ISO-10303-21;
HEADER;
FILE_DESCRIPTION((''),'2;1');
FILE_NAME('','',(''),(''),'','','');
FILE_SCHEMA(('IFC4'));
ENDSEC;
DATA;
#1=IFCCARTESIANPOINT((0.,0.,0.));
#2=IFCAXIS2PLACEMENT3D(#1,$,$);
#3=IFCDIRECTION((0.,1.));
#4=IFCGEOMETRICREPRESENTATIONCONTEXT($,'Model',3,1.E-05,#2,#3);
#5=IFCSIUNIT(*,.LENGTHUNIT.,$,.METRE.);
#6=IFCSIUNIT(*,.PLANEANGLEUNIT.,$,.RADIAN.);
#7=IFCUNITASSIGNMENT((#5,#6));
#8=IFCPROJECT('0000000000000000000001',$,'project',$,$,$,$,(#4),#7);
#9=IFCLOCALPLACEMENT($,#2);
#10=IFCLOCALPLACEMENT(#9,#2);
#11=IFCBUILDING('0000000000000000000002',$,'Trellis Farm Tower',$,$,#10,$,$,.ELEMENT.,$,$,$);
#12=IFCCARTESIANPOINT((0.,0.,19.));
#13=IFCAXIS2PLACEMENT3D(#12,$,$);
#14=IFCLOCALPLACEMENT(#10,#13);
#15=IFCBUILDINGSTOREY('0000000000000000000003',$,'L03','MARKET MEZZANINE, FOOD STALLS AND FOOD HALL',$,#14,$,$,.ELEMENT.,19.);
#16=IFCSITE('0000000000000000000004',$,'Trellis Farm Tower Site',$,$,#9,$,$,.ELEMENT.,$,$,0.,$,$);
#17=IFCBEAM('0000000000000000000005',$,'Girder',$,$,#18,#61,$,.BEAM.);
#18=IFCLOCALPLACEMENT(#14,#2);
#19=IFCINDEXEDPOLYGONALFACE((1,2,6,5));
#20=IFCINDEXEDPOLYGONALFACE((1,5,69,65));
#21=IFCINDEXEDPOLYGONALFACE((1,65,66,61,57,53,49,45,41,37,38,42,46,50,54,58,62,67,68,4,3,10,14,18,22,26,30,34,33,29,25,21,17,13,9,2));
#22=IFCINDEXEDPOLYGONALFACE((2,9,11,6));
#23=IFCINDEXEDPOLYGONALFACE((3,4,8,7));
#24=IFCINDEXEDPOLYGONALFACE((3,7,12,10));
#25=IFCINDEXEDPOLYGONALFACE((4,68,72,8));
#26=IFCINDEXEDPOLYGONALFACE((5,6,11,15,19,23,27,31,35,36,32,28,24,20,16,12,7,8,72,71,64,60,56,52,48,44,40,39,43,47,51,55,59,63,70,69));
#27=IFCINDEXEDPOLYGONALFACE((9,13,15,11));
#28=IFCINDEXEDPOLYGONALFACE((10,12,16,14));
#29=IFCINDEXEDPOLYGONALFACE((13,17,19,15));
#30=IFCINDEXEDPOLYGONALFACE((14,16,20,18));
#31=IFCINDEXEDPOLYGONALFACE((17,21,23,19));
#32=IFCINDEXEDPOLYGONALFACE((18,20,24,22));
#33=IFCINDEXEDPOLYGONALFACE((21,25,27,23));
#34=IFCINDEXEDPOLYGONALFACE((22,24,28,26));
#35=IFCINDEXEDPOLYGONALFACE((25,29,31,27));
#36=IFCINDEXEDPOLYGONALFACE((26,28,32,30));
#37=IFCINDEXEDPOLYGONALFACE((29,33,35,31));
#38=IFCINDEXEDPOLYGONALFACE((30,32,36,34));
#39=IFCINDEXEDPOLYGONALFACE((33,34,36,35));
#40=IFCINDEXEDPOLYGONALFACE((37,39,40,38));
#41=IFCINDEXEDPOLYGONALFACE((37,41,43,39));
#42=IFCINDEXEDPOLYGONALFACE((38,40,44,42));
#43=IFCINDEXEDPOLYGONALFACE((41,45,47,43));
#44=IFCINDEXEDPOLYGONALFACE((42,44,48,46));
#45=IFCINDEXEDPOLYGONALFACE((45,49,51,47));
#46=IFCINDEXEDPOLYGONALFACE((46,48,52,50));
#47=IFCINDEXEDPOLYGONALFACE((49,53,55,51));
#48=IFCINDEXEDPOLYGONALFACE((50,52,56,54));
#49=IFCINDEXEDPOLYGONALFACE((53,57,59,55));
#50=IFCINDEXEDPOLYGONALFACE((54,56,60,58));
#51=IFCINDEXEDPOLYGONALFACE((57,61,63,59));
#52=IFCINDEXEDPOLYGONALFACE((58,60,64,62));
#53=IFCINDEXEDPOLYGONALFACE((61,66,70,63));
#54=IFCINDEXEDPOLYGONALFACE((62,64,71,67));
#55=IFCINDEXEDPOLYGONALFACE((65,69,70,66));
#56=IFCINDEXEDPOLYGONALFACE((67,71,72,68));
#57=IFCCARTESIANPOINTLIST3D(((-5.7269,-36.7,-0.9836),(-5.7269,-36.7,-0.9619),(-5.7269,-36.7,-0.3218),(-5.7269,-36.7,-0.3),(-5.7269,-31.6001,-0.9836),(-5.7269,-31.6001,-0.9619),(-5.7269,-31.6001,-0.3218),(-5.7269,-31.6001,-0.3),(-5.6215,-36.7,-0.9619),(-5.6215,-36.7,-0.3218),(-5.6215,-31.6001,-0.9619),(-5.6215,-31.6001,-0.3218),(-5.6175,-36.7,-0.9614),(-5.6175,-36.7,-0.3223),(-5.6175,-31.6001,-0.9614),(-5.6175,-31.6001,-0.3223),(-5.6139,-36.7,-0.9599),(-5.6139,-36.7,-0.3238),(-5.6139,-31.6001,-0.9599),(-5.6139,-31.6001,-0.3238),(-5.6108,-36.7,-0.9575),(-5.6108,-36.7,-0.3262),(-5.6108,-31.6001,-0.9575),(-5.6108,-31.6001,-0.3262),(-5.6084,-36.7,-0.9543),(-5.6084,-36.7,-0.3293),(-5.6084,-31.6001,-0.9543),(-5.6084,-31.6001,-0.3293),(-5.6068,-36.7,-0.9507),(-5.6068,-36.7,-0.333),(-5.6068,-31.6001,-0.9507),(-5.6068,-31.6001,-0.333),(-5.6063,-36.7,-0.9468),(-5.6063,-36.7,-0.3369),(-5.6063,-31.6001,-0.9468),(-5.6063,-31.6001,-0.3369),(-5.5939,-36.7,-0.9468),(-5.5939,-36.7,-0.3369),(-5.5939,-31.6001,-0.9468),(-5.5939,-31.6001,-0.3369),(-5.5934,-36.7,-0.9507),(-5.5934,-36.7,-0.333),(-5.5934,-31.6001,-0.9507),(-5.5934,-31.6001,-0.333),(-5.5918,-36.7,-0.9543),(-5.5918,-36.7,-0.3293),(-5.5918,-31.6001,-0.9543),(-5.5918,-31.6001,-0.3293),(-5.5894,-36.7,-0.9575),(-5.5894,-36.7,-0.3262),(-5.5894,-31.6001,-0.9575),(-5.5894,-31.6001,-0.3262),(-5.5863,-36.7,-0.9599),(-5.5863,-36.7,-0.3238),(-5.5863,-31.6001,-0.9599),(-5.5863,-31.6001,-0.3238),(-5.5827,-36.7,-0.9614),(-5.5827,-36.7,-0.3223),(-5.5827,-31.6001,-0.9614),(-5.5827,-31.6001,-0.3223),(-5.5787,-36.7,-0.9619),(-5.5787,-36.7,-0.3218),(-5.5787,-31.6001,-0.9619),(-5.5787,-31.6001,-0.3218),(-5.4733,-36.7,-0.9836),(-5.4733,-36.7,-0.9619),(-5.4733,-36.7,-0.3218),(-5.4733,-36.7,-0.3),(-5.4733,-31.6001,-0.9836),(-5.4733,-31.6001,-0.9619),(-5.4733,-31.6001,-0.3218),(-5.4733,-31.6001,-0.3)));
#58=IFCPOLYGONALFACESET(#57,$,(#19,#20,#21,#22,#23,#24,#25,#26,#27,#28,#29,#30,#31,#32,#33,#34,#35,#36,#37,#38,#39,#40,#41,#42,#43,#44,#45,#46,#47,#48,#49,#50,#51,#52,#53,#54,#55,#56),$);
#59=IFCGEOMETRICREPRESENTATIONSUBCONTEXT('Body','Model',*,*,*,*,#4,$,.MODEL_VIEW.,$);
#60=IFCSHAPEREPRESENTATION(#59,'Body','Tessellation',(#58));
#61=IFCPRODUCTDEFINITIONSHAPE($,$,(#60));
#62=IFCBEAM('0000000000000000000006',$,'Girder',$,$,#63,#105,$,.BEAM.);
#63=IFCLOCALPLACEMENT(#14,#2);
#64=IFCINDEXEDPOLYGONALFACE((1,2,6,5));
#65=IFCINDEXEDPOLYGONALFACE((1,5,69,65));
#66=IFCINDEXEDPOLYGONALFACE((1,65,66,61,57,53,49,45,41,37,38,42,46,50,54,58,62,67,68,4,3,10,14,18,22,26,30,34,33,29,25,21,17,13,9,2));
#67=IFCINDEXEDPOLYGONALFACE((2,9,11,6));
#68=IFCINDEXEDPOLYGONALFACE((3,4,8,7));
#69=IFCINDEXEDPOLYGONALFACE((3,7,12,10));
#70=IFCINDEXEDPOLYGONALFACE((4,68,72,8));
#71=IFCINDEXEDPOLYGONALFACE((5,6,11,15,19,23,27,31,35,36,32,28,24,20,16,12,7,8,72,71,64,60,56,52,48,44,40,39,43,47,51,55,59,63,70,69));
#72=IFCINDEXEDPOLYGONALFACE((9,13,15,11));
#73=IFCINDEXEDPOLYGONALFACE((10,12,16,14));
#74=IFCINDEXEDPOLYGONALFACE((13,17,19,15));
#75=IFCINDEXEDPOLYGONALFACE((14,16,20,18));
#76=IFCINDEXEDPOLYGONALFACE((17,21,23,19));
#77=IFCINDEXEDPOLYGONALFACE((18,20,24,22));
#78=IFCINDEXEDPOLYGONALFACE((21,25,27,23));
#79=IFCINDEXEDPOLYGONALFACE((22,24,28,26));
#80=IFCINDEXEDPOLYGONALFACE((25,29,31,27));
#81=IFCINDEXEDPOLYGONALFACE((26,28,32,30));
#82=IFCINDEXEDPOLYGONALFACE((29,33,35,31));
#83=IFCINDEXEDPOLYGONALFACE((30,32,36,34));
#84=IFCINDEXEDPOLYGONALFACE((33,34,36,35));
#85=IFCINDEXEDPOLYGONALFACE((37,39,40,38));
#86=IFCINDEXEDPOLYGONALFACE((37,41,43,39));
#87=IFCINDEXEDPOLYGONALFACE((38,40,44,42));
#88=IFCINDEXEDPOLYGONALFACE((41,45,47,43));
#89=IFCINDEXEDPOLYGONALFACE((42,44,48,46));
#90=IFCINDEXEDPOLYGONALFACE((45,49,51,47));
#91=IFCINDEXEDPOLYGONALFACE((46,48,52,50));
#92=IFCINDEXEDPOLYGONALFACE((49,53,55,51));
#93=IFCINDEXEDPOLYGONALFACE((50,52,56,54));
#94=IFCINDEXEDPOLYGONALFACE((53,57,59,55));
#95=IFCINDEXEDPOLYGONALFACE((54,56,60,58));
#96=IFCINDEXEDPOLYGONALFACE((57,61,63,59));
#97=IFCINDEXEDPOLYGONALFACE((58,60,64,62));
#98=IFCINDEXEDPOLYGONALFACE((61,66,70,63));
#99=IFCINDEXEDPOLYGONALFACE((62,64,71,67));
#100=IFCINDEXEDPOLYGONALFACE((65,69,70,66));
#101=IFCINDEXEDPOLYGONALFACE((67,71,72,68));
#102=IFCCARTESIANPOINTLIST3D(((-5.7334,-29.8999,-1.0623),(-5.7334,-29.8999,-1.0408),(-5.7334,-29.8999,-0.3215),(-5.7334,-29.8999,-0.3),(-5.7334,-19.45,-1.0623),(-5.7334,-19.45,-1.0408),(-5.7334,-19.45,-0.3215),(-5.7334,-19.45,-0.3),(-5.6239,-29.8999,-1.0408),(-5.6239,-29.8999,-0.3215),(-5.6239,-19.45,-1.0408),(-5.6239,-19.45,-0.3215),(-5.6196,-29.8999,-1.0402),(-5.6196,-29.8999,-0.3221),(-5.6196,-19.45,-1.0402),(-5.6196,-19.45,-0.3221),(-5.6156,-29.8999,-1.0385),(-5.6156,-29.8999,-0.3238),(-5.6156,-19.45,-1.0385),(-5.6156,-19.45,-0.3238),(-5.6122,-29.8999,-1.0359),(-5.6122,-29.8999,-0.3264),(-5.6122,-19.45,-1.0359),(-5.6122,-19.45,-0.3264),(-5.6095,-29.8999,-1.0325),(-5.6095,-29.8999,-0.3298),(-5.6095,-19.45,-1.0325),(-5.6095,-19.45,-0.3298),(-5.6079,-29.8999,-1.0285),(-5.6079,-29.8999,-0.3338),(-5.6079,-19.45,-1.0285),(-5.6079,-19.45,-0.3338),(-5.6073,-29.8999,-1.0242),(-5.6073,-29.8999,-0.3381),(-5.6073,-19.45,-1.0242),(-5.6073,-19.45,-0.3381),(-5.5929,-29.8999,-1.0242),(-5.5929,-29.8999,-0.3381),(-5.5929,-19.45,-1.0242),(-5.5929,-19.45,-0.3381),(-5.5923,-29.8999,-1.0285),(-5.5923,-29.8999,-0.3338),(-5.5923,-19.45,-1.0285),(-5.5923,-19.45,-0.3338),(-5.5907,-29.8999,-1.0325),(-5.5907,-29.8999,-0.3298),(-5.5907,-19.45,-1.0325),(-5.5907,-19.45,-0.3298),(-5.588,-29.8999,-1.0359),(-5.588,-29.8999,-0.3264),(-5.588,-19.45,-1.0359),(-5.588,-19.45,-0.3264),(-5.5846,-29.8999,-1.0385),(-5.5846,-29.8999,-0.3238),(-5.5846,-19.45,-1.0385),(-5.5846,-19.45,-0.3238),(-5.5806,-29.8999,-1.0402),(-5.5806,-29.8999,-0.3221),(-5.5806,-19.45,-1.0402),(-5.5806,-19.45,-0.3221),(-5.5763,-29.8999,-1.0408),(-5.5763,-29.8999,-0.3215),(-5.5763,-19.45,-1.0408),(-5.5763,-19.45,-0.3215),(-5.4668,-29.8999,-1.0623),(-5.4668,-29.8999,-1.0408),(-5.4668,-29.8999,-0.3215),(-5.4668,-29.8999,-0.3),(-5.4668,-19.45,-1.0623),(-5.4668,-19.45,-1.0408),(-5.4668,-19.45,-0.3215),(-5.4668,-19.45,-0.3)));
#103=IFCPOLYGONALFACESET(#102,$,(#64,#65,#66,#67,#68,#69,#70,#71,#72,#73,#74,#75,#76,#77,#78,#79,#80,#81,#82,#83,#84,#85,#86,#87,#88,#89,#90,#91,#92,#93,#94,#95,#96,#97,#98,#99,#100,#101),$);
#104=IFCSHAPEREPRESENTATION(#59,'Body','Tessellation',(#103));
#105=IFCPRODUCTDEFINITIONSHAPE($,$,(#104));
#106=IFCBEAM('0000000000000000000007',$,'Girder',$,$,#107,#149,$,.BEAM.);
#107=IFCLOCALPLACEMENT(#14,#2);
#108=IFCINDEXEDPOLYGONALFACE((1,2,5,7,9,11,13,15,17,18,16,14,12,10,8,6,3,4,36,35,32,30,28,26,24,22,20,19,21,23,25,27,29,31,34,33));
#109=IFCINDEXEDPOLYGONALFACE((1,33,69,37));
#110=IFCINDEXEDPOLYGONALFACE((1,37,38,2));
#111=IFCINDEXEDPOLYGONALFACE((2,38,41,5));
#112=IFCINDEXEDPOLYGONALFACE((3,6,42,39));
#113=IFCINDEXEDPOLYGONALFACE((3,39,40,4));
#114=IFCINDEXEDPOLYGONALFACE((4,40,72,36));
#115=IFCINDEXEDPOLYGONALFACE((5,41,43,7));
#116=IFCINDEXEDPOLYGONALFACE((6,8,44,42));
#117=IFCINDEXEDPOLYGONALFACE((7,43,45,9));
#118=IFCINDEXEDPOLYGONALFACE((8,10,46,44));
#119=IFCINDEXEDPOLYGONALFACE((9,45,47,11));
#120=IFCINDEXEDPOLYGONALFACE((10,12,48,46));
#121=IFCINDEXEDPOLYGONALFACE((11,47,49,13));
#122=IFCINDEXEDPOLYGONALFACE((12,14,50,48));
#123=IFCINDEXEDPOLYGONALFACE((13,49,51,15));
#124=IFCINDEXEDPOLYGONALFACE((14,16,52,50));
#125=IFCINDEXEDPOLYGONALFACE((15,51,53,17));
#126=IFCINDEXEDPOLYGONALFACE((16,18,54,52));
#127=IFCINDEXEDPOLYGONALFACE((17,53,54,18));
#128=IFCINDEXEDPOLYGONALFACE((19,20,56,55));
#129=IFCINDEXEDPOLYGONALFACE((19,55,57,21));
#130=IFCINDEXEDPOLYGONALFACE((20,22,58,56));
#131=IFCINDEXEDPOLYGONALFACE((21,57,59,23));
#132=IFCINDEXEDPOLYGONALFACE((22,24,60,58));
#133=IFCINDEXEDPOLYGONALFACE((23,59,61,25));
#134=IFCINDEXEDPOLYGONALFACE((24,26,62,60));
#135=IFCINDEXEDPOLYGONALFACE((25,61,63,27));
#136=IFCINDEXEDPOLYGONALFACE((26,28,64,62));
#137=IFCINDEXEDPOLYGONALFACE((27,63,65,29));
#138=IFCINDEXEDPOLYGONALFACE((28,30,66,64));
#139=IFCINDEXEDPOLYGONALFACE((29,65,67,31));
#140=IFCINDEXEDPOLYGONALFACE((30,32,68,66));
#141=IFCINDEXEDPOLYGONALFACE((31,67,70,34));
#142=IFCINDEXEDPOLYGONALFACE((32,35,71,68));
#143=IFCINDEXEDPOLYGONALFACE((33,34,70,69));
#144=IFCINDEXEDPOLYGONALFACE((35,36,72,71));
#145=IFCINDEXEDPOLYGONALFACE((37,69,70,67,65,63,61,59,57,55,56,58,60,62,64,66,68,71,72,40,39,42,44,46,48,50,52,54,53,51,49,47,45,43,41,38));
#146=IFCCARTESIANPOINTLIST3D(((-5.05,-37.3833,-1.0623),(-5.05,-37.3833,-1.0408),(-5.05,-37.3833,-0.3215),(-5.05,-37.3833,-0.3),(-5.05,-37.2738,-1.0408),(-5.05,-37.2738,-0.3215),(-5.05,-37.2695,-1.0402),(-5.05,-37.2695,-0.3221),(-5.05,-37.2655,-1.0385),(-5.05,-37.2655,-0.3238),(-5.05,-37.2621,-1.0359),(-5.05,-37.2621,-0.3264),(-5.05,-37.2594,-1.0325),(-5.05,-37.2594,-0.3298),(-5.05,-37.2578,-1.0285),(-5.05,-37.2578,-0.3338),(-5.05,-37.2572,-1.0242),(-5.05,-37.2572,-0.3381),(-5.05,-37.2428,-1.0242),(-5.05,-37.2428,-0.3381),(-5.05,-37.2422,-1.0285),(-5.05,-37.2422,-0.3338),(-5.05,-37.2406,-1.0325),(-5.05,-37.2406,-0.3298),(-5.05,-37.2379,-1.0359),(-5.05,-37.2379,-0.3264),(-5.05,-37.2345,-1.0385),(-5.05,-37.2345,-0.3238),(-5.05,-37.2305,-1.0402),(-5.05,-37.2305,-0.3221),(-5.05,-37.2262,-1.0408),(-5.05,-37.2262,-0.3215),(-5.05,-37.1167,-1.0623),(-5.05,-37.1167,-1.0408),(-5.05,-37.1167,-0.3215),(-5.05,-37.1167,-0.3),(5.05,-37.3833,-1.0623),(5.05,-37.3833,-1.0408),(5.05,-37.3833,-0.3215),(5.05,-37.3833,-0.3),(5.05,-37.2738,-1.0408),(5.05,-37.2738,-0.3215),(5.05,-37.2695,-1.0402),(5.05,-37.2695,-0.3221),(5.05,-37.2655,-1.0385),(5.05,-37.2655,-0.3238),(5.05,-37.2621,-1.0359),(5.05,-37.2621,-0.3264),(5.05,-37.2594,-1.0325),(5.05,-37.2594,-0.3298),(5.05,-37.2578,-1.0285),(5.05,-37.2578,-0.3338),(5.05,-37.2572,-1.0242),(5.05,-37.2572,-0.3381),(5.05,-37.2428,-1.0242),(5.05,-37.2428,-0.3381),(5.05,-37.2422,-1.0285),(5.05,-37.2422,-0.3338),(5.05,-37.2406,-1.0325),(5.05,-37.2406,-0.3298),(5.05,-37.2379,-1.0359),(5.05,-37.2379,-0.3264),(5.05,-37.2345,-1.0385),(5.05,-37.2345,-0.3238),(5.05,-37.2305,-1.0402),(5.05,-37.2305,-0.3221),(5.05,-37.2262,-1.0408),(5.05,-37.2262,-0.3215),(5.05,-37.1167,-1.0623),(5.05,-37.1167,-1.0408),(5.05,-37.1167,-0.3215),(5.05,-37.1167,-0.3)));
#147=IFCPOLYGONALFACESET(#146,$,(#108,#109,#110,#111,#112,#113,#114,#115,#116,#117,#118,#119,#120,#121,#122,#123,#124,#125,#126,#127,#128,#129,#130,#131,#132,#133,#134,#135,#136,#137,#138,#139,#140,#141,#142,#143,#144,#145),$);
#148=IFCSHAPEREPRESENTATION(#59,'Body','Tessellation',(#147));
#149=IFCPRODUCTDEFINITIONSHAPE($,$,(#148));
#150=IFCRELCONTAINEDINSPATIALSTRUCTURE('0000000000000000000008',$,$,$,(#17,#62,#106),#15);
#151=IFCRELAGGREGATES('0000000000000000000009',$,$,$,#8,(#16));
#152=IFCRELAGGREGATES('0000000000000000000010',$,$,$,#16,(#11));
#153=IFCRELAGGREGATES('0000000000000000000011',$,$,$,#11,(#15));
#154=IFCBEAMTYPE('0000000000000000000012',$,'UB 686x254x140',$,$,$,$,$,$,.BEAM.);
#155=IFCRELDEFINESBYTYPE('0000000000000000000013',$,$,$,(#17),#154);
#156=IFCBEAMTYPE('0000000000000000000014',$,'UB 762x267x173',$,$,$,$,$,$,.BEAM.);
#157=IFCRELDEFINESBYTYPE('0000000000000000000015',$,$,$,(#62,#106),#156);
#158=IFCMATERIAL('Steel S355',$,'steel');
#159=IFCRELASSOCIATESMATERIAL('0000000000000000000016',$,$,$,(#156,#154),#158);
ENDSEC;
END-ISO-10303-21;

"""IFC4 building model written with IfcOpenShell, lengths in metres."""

from ifc_helpers import new_model, si_unit, direction, frame, origin, origin_2d, place, context, subcontext, project, spatial, i_section, extrude, source, transform, mapped, material, material_profile, profile_set, type_object, element, save


model = new_model("IFC4")

# Units and contexts
model_context = context("Model", 3, precision=1e-05, world=origin(), true_north=direction((0.0, 1.0)))
body_context = subcontext(model_context, "Body", "Model", "MODEL_VIEW")
ifc_project = project(units=[si_unit("LENGTHUNIT", "METRE"), si_unit("PLANEANGLEUNIT", "RADIAN")], contexts=[model_context])

# Site, building, storey
site_placement = place(None, origin())
site = spatial("IfcSite", under=ifc_project, at=site_placement, Name="Trellis Farm Tower Site", CompositionType="ELEMENT", RefElevation=0.0)
building_placement = place(site_placement, origin())
building = spatial("IfcBuilding", under=site, at=building_placement, Name="Trellis Farm Tower", CompositionType="ELEMENT")
storey_placement = place(building_placement, frame((0.0, 0.0, 19.0)))
storey = spatial("IfcBuildingStorey", under=building, at=storey_placement, Name="L03", Description="MARKET MEZZANINE, FOOD STALLS AND FOOD HALL", CompositionType="ELEMENT", Elevation=19.0)

# Beams
ifc_material_1 = material(Name="Steel S355", Category="steel")
ifc_material_profile_1 = material_profile(ifc_material_1, i_section(OverallWidth=0.2666, OverallDepth=0.7622, WebThickness=0.0144, FlangeThickness=0.0215, FilletRadius=0.0166, at=origin_2d()), Name="UB 762x267x173")
ifc_profile_set_1 = profile_set([ifc_material_profile_1], Name="Steel S355")
beam_type_1 = type_object("IfcBeamType", Name="UB 762x267x173", PredefinedType="BEAM", material=ifc_profile_set_1)
ifc_material_profile_2 = material_profile(ifc_material_1, i_section(OverallWidth=0.2537, OverallDepth=0.6836, WebThickness=0.0125, FlangeThickness=0.0217, FilletRadius=0.0151, at=origin_2d()), Name="UB 686x254x140")
ifc_profile_set_2 = profile_set([ifc_material_profile_2], Name="Steel S355")
beam_type_2 = type_object("IfcBeamType", Name="UB 686x254x140", PredefinedType="BEAM", material=ifc_profile_set_2)
shared_shape_1 = source(origin(), body_context, "Body", "SweptSolid", [
    extrude(i_section(OverallWidth=0.2537, OverallDepth=0.6836, WebThickness=0.0125, FlangeThickness=0.0217, FilletRadius=0.0151, at=origin_2d()), origin(), (0.0, 0.0, 1.0), 5.0999),
])
beam_1_placement = place(storey_placement, frame((-5.6001, -36.7, -0.6418), z_axis=(0.0, 1.0, 0.0), x_axis=(-1.0, 0.0, 0.0)))
element("IfcBeam", 1, at=beam_1_placement, inside=storey, type_object=beam_type_2, Name="Girder", PredefinedType="BEAM", context=body_context, shape_type="MappedRepresentation", body=[
    mapped(shared_shape_1, transform((0.0, 0.0, 0.0))),
])
shared_shape_2 = source(origin(), body_context, "Body", "SweptSolid", [
    extrude(i_section(OverallWidth=0.2666, OverallDepth=0.7622, WebThickness=0.0144, FlangeThickness=0.0215, FilletRadius=0.0166, at=origin_2d()), origin(), (0.0, 0.0, 1.0), 10.45),
])
beam_2_placement = place(storey_placement, frame((-5.6001, -29.8999, -0.6812), z_axis=(0.0, 1.0, 0.0), x_axis=(-1.0, 0.0, 0.0)))
element("IfcBeam", 2, at=beam_2_placement, inside=storey, type_object=beam_type_1, Name="Girder", PredefinedType="BEAM", context=body_context, shape_type="MappedRepresentation", body=[
    mapped(shared_shape_2, transform((0.0, 0.0, 0.0))),
])
shared_shape_3 = source(origin(), body_context, "Body", "SweptSolid", [
    extrude(i_section(OverallWidth=0.2666, OverallDepth=0.7622, WebThickness=0.0144, FlangeThickness=0.0215, FilletRadius=0.0166, at=origin_2d()), origin(), (0.0, 0.0, 1.0), 10.1001),
])
beam_3_placement = place(storey_placement, frame((-5.05, -37.25, -0.6812), z_axis=(1.0, 0.0, 0.0), x_axis=(0.0, 1.0, 0.0)))
element("IfcBeam", 3, at=beam_3_placement, inside=storey, type_object=beam_type_1, Name="Girder", PredefinedType="BEAM", context=body_context, shape_type="MappedRepresentation", body=[
    mapped(shared_shape_3, transform((0.0, 0.0, 0.0))),
])

save(model, "model.ifc")
